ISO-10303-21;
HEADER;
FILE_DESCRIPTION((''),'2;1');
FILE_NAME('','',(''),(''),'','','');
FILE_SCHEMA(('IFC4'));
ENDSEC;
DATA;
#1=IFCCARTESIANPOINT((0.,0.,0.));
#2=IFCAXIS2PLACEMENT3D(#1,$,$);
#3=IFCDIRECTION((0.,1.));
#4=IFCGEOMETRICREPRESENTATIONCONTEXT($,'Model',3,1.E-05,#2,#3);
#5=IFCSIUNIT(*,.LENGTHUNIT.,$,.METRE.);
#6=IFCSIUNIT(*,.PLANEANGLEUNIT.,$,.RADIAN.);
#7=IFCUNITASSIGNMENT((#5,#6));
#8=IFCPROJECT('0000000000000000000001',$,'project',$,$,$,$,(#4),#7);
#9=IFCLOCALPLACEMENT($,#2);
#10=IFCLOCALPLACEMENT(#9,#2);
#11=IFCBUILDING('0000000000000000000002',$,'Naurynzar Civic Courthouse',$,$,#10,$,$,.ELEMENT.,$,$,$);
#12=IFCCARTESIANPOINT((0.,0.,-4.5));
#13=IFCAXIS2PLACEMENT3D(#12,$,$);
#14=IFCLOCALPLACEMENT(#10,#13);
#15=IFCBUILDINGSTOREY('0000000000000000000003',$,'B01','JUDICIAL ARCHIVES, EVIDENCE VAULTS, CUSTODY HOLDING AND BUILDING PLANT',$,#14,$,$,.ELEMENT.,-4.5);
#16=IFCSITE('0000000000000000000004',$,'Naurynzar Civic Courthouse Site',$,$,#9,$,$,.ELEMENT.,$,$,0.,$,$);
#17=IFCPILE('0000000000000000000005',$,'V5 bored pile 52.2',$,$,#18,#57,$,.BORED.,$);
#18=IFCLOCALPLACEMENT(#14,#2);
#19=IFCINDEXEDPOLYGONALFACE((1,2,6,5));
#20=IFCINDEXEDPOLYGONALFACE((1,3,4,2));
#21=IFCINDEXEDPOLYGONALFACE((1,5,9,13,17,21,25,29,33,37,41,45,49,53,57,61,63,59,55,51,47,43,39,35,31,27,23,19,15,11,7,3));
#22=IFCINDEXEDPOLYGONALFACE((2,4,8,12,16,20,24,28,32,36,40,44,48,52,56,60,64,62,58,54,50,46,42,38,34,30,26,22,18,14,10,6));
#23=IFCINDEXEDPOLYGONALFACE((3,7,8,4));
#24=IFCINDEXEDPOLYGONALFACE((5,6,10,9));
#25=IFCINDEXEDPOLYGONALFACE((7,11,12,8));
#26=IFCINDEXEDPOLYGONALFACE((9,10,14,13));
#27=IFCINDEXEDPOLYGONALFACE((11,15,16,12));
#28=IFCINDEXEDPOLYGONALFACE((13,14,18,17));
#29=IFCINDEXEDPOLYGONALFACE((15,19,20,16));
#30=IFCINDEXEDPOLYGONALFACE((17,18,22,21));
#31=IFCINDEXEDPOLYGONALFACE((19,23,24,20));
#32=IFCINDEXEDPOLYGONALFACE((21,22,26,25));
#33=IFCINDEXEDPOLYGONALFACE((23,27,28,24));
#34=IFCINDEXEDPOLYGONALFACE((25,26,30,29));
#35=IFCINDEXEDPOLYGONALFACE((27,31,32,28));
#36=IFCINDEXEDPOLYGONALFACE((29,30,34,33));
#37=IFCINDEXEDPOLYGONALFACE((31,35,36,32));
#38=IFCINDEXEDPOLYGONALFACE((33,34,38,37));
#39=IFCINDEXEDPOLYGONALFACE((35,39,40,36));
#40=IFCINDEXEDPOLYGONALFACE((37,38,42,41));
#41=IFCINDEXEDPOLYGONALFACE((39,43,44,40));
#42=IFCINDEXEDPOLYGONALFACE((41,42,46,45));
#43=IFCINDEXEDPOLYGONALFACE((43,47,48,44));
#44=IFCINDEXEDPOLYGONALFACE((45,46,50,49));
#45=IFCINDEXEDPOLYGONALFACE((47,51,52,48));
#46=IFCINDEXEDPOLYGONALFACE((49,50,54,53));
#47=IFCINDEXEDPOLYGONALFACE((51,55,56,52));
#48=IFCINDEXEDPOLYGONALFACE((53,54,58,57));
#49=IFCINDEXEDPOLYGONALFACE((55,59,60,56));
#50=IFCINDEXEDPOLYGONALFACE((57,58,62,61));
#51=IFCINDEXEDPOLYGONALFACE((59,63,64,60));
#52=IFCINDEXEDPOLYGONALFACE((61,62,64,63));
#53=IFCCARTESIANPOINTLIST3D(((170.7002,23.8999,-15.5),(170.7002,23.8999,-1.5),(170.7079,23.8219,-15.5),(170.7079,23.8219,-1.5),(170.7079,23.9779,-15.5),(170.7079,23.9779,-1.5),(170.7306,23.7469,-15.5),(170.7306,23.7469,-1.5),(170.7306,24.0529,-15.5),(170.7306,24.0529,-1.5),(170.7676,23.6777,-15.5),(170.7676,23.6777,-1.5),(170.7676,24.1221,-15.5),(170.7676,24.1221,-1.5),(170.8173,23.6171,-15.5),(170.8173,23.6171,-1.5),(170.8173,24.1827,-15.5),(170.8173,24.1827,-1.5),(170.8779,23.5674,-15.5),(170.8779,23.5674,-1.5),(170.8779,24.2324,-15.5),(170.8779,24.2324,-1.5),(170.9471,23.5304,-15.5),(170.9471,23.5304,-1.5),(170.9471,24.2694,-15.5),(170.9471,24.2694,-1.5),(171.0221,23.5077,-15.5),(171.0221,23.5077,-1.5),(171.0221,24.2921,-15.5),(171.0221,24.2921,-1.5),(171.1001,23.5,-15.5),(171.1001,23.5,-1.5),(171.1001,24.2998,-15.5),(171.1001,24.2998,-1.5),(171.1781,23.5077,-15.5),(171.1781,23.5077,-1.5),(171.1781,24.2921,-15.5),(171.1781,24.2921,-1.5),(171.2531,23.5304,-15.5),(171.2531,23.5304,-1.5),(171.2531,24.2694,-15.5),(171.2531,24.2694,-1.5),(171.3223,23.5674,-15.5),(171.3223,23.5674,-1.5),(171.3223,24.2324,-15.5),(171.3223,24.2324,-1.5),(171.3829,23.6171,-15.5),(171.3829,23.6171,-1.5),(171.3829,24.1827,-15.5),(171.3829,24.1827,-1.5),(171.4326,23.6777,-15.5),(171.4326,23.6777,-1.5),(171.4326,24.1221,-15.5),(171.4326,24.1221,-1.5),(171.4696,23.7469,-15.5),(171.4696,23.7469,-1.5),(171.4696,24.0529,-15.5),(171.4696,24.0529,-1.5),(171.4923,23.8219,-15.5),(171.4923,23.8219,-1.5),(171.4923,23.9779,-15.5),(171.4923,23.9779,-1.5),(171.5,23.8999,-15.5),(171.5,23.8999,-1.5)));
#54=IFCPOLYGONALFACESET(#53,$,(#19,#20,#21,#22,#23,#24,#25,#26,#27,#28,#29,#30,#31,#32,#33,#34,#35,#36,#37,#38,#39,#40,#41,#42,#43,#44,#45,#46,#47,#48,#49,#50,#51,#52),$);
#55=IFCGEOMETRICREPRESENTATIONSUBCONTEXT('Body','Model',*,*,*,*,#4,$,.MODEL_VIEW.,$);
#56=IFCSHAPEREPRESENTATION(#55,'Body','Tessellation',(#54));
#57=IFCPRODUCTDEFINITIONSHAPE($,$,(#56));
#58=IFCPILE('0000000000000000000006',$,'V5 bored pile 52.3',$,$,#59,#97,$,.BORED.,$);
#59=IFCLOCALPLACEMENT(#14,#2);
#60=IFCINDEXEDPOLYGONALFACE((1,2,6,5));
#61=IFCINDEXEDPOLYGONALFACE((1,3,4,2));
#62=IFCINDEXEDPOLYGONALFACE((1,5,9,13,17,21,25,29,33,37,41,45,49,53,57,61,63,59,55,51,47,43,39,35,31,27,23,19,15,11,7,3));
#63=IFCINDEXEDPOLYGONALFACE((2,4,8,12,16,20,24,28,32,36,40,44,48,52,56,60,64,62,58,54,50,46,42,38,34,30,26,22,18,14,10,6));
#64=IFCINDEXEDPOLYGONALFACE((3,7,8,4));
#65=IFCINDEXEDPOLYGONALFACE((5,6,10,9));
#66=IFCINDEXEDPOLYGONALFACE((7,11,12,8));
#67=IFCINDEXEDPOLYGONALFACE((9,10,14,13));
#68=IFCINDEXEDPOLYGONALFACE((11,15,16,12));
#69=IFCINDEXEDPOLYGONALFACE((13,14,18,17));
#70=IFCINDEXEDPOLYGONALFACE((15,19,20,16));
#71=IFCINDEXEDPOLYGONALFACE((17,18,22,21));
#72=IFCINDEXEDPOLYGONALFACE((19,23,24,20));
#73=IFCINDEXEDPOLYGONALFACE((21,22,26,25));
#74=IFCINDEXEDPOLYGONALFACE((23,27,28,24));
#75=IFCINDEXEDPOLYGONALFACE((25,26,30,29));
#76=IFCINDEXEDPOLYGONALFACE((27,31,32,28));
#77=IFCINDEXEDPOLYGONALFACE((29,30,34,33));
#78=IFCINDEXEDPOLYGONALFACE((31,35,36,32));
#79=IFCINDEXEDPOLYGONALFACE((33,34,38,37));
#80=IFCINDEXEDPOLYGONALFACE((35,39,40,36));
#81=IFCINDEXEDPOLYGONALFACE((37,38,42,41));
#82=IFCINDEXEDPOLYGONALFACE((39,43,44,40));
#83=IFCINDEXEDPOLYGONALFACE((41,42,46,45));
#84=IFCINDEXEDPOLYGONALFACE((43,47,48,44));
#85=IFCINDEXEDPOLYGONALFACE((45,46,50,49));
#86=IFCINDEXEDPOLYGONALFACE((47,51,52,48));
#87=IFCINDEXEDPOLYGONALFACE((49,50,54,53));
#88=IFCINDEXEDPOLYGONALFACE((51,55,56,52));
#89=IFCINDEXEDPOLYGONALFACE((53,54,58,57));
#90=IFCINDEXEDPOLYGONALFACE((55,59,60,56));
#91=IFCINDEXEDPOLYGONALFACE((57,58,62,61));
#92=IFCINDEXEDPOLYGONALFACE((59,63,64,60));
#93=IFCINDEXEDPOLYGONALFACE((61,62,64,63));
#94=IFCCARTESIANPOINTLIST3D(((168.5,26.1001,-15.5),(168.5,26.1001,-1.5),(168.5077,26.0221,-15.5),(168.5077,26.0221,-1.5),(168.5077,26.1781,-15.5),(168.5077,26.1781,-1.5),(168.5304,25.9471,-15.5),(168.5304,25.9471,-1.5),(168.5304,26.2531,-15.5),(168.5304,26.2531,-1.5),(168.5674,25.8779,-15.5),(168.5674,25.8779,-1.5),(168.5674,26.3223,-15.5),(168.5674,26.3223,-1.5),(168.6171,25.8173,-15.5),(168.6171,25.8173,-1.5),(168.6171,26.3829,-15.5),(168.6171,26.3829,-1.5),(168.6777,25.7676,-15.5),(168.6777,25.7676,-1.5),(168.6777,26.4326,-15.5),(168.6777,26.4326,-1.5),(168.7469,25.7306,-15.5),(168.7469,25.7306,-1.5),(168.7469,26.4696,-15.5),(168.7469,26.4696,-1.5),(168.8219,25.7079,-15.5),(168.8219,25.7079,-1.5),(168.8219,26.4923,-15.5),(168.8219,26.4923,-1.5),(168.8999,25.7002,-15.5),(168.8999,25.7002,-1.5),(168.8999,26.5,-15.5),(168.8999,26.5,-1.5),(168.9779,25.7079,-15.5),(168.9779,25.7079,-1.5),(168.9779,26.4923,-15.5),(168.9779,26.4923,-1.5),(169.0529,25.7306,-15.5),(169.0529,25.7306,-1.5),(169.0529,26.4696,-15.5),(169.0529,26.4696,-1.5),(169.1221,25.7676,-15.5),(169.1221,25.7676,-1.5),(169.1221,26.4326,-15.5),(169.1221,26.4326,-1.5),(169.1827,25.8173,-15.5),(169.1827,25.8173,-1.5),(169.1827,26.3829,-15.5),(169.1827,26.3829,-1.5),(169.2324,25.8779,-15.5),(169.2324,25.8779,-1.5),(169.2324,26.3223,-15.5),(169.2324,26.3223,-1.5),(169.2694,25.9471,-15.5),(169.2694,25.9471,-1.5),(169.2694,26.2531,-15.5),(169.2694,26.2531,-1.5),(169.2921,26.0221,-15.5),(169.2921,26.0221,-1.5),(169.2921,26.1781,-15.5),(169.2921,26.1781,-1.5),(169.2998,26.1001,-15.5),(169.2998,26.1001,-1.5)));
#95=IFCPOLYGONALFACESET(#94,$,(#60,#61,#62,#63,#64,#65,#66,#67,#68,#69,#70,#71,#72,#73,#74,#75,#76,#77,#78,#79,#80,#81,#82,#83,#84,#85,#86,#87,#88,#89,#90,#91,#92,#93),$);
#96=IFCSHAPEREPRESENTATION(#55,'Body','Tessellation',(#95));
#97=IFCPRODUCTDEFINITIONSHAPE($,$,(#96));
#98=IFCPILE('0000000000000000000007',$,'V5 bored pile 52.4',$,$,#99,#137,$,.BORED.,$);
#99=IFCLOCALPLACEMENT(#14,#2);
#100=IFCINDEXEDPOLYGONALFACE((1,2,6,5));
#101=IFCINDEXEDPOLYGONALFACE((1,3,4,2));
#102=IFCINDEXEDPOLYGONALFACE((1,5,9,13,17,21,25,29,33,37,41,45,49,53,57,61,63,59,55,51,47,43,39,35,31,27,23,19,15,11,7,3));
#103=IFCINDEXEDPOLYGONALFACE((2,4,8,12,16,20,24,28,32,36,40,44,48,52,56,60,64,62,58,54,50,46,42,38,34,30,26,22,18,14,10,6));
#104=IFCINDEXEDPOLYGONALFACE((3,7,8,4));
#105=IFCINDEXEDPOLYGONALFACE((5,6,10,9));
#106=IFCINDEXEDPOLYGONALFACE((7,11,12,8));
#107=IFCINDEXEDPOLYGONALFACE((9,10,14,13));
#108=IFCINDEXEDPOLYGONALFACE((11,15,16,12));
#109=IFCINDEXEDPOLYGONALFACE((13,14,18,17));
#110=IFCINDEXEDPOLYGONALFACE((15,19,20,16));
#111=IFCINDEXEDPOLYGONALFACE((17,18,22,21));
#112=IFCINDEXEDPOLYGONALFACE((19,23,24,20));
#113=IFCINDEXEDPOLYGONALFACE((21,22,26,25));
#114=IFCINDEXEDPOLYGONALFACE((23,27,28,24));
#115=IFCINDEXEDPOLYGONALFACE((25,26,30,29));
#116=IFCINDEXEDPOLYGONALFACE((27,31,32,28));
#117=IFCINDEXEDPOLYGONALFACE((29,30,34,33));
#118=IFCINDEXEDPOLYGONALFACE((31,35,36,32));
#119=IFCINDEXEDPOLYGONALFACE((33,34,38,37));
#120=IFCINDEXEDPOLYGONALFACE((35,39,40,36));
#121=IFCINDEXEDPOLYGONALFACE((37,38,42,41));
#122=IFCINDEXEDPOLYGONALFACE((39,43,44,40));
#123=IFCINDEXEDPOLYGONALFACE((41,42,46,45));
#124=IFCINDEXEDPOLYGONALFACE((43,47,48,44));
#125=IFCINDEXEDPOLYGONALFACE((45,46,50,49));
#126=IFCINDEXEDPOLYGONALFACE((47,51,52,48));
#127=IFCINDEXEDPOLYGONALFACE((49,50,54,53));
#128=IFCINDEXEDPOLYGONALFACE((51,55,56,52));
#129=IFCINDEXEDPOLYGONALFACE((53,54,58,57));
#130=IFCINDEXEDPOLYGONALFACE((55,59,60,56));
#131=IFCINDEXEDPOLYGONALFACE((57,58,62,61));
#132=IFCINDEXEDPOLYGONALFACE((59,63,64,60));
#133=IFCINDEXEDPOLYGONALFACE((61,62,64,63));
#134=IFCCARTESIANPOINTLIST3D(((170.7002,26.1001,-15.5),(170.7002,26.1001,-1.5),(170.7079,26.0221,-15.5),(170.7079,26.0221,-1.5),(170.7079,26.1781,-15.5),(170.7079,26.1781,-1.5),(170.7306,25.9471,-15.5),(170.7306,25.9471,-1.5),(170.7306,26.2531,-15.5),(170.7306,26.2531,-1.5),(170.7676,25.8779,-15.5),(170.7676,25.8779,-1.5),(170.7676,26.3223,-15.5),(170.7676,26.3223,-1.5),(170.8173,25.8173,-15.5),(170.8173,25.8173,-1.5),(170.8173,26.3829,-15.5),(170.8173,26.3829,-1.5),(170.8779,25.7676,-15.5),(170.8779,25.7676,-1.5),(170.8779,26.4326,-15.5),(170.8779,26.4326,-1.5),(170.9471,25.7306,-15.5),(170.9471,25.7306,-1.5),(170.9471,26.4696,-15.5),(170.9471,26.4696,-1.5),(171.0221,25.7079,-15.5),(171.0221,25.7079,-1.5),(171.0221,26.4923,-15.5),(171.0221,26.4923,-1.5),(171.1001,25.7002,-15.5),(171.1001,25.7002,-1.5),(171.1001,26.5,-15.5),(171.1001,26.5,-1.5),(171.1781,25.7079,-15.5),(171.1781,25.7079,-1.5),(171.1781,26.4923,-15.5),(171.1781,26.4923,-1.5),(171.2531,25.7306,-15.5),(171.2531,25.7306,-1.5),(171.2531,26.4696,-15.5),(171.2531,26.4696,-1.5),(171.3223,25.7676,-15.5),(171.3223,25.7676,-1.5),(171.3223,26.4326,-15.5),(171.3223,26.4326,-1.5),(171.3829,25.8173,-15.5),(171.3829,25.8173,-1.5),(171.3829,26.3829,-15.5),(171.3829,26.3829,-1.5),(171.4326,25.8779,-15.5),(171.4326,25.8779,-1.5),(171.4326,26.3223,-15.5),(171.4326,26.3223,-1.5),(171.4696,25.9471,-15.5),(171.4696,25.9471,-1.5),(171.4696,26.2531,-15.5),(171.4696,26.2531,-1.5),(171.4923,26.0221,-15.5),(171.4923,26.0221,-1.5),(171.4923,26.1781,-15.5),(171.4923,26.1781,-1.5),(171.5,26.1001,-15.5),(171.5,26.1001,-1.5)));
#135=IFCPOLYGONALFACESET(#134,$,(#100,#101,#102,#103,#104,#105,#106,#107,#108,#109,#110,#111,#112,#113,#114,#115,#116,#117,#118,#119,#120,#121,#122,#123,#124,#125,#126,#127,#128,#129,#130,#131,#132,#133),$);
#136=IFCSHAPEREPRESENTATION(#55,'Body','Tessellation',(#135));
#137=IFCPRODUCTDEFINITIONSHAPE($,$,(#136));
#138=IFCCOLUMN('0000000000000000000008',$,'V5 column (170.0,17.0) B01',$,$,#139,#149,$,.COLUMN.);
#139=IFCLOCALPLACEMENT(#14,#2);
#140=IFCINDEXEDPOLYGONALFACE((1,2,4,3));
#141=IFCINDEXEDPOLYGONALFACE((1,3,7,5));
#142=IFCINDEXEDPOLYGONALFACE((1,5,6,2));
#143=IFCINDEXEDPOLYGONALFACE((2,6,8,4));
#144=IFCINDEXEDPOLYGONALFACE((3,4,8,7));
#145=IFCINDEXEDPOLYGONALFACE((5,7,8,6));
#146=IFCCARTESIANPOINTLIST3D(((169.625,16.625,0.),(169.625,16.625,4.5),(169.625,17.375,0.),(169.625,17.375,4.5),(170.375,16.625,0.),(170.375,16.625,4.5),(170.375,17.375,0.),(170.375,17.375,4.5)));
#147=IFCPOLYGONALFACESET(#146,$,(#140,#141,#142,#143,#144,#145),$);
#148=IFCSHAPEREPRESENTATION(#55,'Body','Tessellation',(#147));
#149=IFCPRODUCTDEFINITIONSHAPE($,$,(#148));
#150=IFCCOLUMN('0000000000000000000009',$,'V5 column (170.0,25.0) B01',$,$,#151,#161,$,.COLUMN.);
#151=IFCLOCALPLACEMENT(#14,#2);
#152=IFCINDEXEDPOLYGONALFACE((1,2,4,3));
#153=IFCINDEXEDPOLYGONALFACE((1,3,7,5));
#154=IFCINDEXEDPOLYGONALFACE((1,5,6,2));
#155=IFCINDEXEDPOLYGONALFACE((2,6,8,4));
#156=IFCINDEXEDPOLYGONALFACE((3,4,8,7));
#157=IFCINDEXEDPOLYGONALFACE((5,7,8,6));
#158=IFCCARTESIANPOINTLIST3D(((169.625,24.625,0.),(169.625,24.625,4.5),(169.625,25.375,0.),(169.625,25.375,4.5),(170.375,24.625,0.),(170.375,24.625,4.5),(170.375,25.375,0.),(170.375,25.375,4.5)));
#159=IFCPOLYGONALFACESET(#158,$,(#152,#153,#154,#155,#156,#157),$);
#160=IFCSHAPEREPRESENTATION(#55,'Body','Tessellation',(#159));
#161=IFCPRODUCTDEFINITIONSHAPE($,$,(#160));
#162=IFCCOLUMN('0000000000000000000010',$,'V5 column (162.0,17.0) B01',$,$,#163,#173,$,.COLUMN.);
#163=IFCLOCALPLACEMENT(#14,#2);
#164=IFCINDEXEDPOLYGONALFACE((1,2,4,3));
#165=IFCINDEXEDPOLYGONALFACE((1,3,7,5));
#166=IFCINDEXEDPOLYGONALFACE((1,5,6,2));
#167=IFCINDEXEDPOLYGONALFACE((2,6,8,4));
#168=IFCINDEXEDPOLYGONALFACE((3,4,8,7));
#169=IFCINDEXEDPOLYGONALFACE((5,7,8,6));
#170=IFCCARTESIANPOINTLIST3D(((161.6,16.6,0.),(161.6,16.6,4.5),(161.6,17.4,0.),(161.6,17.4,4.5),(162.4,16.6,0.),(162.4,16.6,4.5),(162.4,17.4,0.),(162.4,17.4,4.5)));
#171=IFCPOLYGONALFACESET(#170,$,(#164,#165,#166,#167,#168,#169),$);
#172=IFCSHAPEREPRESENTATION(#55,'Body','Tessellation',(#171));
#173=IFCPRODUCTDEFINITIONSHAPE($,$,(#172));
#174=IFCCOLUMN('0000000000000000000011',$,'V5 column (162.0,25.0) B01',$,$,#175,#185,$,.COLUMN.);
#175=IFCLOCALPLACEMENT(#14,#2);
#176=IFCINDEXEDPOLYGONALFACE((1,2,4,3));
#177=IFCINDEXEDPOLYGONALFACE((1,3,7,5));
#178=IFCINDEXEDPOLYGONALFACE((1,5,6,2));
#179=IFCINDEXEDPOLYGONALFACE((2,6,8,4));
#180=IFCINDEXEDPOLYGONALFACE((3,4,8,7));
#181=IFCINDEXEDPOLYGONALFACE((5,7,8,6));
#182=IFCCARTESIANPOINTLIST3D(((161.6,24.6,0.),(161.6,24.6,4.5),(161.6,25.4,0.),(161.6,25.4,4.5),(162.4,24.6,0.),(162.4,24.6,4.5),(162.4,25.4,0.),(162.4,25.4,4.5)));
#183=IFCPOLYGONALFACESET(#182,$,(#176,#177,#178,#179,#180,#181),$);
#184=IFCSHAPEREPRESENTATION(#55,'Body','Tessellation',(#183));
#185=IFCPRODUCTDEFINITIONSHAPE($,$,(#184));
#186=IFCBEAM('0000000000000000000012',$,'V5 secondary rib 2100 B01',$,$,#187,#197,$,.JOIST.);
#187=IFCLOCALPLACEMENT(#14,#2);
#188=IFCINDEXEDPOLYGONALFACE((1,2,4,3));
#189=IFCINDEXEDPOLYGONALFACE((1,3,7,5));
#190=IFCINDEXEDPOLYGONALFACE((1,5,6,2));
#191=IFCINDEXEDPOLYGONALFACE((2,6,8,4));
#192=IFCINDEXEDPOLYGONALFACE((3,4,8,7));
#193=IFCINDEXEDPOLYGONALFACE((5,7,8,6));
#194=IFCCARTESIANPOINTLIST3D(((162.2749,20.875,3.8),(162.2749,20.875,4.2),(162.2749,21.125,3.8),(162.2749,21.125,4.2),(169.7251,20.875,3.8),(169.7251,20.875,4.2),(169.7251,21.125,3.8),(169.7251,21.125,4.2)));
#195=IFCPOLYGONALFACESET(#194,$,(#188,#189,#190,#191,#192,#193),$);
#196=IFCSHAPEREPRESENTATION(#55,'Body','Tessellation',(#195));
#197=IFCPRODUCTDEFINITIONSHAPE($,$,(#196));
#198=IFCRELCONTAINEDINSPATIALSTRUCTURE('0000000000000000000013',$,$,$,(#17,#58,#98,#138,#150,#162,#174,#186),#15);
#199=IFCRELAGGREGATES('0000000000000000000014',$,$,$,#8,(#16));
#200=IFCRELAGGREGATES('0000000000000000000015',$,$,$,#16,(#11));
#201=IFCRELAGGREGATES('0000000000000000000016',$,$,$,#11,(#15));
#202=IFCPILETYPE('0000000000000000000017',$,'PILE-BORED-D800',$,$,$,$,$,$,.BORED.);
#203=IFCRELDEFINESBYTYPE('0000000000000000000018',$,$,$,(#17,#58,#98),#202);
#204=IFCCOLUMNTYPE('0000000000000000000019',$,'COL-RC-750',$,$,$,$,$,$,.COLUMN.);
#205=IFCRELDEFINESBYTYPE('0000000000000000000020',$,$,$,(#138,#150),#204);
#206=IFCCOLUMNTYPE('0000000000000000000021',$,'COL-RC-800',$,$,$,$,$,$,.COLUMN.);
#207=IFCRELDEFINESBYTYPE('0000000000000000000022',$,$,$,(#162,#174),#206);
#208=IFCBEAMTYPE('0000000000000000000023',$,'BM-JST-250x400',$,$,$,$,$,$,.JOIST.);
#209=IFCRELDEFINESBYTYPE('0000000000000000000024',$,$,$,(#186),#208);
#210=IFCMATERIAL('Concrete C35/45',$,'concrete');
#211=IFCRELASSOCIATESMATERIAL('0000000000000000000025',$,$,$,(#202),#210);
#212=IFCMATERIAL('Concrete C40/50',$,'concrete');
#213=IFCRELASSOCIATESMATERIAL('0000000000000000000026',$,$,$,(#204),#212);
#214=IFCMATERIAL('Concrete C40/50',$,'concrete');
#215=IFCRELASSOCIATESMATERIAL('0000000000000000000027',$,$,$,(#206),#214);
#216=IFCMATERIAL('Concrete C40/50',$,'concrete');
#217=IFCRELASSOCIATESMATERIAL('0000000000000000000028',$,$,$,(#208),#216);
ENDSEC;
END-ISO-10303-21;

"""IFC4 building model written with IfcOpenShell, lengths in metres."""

from ifc_helpers import new_model, si_unit, direction, frame, origin, origin_2d, place, context, subcontext, project, spatial, rectangle, circle, extrude, material, material_profile, profile_set, type_object, element, save


model = new_model("IFC4")

# Units and contexts
model_context = context("Model", 3, precision=1e-05, world=origin(), true_north=direction((0.0, 1.0)))
body_context = subcontext(model_context, "Body", "Model", "MODEL_VIEW")
ifc_project = project(units=[si_unit("LENGTHUNIT", "METRE"), si_unit("PLANEANGLEUNIT", "RADIAN")], contexts=[model_context])

# Site, building, storey
site_placement = place(None, origin())
site = spatial("IfcSite", under=ifc_project, at=site_placement, Name="Naurynzar Civic Courthouse Site", CompositionType="ELEMENT", RefElevation=0.0)
building_placement = place(site_placement, origin())
building = spatial("IfcBuilding", under=site, at=building_placement, Name="Naurynzar Civic Courthouse", CompositionType="ELEMENT")
storey_placement = place(building_placement, frame((0.0, 0.0, -4.5)))
storey = spatial("IfcBuildingStorey", under=building, at=storey_placement, Name="B01", Description="JUDICIAL ARCHIVES, EVIDENCE VAULTS, CUSTODY HOLDING AND BUILDING PLANT", CompositionType="ELEMENT", Elevation=-4.5)

# Piles
ifc_material_1 = material(Name="Concrete C35/45", Category="concrete")
ifc_material_profile_1 = material_profile(ifc_material_1, circle(Radius=0.3999, at=origin_2d()), Name="PILE D800")
ifc_profile_set_1 = profile_set([ifc_material_profile_1], Name="Concrete C35/45")
pile_type_1 = type_object("IfcPileType", Name="PILE-BORED-D800", PredefinedType="BORED", material=ifc_profile_set_1)
for number, where, z_axis, x_axis, name in (
    (1, (171.1001, 23.8999, -1.5), (0.0, 0.0, -1.0), (1.0, 0.0, 0.0), "V5 bored pile 52.2"),
    (2, (168.8999, 26.1001, -1.5), (0.0, 0.0, -1.0), (1.0, 0.0, 0.0), "V5 bored pile 52.3"),
    (3, (171.1001, 26.1001, -1.5), (0.0, 0.0, -1.0), (1.0, 0.0, 0.0), "V5 bored pile 52.4"),
):
    element("IfcPile", number, at=place(storey_placement, frame(where, z_axis=z_axis, x_axis=x_axis)), inside=storey, type_object=pile_type_1, Name=name, PredefinedType="BORED", context=body_context, shape_type="SweptSolid", body=[
        extrude(circle(Radius=0.3999, at=origin_2d()), origin(), (0.0, 0.0, 1.0), 14.0),
    ])

# Columns
ifc_material_2 = material(Name="Concrete C40/50", Category="concrete")
ifc_material_profile_2 = material_profile(ifc_material_2, rectangle(XDim=0.75, YDim=0.75, at=origin_2d()), Name="RC 750x750")
ifc_profile_set_2 = profile_set([ifc_material_profile_2], Name="Concrete C40/50")
column_type_1 = type_object("IfcColumnType", Name="COL-RC-750", PredefinedType="COLUMN", material=ifc_profile_set_2)
for number, where, z_axis, x_axis, name in (
    (4, (170.0, 17.0, 0.0), (0.0, 0.0, 1.0), (1.0, 0.0, 0.0), "V5 column (170.0,17.0) B01"),
    (5, (170.0, 25.0, 0.0), (0.0, 0.0, 1.0), (1.0, 0.0, 0.0), "V5 column (170.0,25.0) B01"),
):
    element("IfcColumn", number, at=place(storey_placement, frame(where, z_axis=z_axis, x_axis=x_axis)), inside=storey, type_object=column_type_1, Name=name, PredefinedType="COLUMN", context=body_context, shape_type="SweptSolid", body=[
        extrude(rectangle(XDim=0.75, YDim=0.75, at=origin_2d()), origin(), (0.0, 0.0, 1.0), 4.5),
    ])
ifc_material_3 = material(Name="Concrete C40/50", Category="concrete")
ifc_material_profile_3 = material_profile(ifc_material_3, rectangle(XDim=0.8, YDim=0.8, at=origin_2d()), Name="RC 800x800")
ifc_profile_set_3 = profile_set([ifc_material_profile_3], Name="Concrete C40/50")
column_type_2 = type_object("IfcColumnType", Name="COL-RC-800", PredefinedType="COLUMN", material=ifc_profile_set_3)
for number, where, z_axis, x_axis, name in (
    (6, (162.0, 17.0, 0.0), (0.0, 0.0, 1.0), (1.0, 0.0, 0.0), "V5 column (162.0,17.0) B01"),
    (7, (162.0, 25.0, 0.0), (0.0, 0.0, 1.0), (1.0, 0.0, 0.0), "V5 column (162.0,25.0) B01"),
):
    element("IfcColumn", number, at=place(storey_placement, frame(where, z_axis=z_axis, x_axis=x_axis)), inside=storey, type_object=column_type_2, Name=name, PredefinedType="COLUMN", context=body_context, shape_type="SweptSolid", body=[
        extrude(rectangle(XDim=0.8, YDim=0.8, at=origin_2d()), origin(), (0.0, 0.0, 1.0), 4.5),
    ])

# Beam
ifc_material_4 = material(Name="Concrete C40/50", Category="concrete")
ifc_material_profile_4 = material_profile(ifc_material_4, rectangle(XDim=0.25, YDim=0.3999, at=origin_2d()), Name="RCB 250x400")
ifc_profile_set_4 = profile_set([ifc_material_profile_4], Name="Concrete C40/50")
beam_type_1 = type_object("IfcBeamType", Name="BM-JST-250x400", PredefinedType="JOIST", material=ifc_profile_set_4)
beam_1_placement = place(storey_placement, frame((162.2749, 21.0, 4.0), z_axis=(1.0, 0.0, 0.0), x_axis=(0.0, 1.0, 0.0)))
element("IfcBeam", 8, at=beam_1_placement, inside=storey, type_object=beam_type_1, Name="V5 secondary rib 2100 B01", PredefinedType="JOIST", context=body_context, shape_type="SweptSolid", body=[
    extrude(rectangle(XDim=0.25, YDim=0.3999, at=origin_2d()), origin(), (0.0, 0.0, 1.0), 7.4502),
])

save(model, "model.ifc")
